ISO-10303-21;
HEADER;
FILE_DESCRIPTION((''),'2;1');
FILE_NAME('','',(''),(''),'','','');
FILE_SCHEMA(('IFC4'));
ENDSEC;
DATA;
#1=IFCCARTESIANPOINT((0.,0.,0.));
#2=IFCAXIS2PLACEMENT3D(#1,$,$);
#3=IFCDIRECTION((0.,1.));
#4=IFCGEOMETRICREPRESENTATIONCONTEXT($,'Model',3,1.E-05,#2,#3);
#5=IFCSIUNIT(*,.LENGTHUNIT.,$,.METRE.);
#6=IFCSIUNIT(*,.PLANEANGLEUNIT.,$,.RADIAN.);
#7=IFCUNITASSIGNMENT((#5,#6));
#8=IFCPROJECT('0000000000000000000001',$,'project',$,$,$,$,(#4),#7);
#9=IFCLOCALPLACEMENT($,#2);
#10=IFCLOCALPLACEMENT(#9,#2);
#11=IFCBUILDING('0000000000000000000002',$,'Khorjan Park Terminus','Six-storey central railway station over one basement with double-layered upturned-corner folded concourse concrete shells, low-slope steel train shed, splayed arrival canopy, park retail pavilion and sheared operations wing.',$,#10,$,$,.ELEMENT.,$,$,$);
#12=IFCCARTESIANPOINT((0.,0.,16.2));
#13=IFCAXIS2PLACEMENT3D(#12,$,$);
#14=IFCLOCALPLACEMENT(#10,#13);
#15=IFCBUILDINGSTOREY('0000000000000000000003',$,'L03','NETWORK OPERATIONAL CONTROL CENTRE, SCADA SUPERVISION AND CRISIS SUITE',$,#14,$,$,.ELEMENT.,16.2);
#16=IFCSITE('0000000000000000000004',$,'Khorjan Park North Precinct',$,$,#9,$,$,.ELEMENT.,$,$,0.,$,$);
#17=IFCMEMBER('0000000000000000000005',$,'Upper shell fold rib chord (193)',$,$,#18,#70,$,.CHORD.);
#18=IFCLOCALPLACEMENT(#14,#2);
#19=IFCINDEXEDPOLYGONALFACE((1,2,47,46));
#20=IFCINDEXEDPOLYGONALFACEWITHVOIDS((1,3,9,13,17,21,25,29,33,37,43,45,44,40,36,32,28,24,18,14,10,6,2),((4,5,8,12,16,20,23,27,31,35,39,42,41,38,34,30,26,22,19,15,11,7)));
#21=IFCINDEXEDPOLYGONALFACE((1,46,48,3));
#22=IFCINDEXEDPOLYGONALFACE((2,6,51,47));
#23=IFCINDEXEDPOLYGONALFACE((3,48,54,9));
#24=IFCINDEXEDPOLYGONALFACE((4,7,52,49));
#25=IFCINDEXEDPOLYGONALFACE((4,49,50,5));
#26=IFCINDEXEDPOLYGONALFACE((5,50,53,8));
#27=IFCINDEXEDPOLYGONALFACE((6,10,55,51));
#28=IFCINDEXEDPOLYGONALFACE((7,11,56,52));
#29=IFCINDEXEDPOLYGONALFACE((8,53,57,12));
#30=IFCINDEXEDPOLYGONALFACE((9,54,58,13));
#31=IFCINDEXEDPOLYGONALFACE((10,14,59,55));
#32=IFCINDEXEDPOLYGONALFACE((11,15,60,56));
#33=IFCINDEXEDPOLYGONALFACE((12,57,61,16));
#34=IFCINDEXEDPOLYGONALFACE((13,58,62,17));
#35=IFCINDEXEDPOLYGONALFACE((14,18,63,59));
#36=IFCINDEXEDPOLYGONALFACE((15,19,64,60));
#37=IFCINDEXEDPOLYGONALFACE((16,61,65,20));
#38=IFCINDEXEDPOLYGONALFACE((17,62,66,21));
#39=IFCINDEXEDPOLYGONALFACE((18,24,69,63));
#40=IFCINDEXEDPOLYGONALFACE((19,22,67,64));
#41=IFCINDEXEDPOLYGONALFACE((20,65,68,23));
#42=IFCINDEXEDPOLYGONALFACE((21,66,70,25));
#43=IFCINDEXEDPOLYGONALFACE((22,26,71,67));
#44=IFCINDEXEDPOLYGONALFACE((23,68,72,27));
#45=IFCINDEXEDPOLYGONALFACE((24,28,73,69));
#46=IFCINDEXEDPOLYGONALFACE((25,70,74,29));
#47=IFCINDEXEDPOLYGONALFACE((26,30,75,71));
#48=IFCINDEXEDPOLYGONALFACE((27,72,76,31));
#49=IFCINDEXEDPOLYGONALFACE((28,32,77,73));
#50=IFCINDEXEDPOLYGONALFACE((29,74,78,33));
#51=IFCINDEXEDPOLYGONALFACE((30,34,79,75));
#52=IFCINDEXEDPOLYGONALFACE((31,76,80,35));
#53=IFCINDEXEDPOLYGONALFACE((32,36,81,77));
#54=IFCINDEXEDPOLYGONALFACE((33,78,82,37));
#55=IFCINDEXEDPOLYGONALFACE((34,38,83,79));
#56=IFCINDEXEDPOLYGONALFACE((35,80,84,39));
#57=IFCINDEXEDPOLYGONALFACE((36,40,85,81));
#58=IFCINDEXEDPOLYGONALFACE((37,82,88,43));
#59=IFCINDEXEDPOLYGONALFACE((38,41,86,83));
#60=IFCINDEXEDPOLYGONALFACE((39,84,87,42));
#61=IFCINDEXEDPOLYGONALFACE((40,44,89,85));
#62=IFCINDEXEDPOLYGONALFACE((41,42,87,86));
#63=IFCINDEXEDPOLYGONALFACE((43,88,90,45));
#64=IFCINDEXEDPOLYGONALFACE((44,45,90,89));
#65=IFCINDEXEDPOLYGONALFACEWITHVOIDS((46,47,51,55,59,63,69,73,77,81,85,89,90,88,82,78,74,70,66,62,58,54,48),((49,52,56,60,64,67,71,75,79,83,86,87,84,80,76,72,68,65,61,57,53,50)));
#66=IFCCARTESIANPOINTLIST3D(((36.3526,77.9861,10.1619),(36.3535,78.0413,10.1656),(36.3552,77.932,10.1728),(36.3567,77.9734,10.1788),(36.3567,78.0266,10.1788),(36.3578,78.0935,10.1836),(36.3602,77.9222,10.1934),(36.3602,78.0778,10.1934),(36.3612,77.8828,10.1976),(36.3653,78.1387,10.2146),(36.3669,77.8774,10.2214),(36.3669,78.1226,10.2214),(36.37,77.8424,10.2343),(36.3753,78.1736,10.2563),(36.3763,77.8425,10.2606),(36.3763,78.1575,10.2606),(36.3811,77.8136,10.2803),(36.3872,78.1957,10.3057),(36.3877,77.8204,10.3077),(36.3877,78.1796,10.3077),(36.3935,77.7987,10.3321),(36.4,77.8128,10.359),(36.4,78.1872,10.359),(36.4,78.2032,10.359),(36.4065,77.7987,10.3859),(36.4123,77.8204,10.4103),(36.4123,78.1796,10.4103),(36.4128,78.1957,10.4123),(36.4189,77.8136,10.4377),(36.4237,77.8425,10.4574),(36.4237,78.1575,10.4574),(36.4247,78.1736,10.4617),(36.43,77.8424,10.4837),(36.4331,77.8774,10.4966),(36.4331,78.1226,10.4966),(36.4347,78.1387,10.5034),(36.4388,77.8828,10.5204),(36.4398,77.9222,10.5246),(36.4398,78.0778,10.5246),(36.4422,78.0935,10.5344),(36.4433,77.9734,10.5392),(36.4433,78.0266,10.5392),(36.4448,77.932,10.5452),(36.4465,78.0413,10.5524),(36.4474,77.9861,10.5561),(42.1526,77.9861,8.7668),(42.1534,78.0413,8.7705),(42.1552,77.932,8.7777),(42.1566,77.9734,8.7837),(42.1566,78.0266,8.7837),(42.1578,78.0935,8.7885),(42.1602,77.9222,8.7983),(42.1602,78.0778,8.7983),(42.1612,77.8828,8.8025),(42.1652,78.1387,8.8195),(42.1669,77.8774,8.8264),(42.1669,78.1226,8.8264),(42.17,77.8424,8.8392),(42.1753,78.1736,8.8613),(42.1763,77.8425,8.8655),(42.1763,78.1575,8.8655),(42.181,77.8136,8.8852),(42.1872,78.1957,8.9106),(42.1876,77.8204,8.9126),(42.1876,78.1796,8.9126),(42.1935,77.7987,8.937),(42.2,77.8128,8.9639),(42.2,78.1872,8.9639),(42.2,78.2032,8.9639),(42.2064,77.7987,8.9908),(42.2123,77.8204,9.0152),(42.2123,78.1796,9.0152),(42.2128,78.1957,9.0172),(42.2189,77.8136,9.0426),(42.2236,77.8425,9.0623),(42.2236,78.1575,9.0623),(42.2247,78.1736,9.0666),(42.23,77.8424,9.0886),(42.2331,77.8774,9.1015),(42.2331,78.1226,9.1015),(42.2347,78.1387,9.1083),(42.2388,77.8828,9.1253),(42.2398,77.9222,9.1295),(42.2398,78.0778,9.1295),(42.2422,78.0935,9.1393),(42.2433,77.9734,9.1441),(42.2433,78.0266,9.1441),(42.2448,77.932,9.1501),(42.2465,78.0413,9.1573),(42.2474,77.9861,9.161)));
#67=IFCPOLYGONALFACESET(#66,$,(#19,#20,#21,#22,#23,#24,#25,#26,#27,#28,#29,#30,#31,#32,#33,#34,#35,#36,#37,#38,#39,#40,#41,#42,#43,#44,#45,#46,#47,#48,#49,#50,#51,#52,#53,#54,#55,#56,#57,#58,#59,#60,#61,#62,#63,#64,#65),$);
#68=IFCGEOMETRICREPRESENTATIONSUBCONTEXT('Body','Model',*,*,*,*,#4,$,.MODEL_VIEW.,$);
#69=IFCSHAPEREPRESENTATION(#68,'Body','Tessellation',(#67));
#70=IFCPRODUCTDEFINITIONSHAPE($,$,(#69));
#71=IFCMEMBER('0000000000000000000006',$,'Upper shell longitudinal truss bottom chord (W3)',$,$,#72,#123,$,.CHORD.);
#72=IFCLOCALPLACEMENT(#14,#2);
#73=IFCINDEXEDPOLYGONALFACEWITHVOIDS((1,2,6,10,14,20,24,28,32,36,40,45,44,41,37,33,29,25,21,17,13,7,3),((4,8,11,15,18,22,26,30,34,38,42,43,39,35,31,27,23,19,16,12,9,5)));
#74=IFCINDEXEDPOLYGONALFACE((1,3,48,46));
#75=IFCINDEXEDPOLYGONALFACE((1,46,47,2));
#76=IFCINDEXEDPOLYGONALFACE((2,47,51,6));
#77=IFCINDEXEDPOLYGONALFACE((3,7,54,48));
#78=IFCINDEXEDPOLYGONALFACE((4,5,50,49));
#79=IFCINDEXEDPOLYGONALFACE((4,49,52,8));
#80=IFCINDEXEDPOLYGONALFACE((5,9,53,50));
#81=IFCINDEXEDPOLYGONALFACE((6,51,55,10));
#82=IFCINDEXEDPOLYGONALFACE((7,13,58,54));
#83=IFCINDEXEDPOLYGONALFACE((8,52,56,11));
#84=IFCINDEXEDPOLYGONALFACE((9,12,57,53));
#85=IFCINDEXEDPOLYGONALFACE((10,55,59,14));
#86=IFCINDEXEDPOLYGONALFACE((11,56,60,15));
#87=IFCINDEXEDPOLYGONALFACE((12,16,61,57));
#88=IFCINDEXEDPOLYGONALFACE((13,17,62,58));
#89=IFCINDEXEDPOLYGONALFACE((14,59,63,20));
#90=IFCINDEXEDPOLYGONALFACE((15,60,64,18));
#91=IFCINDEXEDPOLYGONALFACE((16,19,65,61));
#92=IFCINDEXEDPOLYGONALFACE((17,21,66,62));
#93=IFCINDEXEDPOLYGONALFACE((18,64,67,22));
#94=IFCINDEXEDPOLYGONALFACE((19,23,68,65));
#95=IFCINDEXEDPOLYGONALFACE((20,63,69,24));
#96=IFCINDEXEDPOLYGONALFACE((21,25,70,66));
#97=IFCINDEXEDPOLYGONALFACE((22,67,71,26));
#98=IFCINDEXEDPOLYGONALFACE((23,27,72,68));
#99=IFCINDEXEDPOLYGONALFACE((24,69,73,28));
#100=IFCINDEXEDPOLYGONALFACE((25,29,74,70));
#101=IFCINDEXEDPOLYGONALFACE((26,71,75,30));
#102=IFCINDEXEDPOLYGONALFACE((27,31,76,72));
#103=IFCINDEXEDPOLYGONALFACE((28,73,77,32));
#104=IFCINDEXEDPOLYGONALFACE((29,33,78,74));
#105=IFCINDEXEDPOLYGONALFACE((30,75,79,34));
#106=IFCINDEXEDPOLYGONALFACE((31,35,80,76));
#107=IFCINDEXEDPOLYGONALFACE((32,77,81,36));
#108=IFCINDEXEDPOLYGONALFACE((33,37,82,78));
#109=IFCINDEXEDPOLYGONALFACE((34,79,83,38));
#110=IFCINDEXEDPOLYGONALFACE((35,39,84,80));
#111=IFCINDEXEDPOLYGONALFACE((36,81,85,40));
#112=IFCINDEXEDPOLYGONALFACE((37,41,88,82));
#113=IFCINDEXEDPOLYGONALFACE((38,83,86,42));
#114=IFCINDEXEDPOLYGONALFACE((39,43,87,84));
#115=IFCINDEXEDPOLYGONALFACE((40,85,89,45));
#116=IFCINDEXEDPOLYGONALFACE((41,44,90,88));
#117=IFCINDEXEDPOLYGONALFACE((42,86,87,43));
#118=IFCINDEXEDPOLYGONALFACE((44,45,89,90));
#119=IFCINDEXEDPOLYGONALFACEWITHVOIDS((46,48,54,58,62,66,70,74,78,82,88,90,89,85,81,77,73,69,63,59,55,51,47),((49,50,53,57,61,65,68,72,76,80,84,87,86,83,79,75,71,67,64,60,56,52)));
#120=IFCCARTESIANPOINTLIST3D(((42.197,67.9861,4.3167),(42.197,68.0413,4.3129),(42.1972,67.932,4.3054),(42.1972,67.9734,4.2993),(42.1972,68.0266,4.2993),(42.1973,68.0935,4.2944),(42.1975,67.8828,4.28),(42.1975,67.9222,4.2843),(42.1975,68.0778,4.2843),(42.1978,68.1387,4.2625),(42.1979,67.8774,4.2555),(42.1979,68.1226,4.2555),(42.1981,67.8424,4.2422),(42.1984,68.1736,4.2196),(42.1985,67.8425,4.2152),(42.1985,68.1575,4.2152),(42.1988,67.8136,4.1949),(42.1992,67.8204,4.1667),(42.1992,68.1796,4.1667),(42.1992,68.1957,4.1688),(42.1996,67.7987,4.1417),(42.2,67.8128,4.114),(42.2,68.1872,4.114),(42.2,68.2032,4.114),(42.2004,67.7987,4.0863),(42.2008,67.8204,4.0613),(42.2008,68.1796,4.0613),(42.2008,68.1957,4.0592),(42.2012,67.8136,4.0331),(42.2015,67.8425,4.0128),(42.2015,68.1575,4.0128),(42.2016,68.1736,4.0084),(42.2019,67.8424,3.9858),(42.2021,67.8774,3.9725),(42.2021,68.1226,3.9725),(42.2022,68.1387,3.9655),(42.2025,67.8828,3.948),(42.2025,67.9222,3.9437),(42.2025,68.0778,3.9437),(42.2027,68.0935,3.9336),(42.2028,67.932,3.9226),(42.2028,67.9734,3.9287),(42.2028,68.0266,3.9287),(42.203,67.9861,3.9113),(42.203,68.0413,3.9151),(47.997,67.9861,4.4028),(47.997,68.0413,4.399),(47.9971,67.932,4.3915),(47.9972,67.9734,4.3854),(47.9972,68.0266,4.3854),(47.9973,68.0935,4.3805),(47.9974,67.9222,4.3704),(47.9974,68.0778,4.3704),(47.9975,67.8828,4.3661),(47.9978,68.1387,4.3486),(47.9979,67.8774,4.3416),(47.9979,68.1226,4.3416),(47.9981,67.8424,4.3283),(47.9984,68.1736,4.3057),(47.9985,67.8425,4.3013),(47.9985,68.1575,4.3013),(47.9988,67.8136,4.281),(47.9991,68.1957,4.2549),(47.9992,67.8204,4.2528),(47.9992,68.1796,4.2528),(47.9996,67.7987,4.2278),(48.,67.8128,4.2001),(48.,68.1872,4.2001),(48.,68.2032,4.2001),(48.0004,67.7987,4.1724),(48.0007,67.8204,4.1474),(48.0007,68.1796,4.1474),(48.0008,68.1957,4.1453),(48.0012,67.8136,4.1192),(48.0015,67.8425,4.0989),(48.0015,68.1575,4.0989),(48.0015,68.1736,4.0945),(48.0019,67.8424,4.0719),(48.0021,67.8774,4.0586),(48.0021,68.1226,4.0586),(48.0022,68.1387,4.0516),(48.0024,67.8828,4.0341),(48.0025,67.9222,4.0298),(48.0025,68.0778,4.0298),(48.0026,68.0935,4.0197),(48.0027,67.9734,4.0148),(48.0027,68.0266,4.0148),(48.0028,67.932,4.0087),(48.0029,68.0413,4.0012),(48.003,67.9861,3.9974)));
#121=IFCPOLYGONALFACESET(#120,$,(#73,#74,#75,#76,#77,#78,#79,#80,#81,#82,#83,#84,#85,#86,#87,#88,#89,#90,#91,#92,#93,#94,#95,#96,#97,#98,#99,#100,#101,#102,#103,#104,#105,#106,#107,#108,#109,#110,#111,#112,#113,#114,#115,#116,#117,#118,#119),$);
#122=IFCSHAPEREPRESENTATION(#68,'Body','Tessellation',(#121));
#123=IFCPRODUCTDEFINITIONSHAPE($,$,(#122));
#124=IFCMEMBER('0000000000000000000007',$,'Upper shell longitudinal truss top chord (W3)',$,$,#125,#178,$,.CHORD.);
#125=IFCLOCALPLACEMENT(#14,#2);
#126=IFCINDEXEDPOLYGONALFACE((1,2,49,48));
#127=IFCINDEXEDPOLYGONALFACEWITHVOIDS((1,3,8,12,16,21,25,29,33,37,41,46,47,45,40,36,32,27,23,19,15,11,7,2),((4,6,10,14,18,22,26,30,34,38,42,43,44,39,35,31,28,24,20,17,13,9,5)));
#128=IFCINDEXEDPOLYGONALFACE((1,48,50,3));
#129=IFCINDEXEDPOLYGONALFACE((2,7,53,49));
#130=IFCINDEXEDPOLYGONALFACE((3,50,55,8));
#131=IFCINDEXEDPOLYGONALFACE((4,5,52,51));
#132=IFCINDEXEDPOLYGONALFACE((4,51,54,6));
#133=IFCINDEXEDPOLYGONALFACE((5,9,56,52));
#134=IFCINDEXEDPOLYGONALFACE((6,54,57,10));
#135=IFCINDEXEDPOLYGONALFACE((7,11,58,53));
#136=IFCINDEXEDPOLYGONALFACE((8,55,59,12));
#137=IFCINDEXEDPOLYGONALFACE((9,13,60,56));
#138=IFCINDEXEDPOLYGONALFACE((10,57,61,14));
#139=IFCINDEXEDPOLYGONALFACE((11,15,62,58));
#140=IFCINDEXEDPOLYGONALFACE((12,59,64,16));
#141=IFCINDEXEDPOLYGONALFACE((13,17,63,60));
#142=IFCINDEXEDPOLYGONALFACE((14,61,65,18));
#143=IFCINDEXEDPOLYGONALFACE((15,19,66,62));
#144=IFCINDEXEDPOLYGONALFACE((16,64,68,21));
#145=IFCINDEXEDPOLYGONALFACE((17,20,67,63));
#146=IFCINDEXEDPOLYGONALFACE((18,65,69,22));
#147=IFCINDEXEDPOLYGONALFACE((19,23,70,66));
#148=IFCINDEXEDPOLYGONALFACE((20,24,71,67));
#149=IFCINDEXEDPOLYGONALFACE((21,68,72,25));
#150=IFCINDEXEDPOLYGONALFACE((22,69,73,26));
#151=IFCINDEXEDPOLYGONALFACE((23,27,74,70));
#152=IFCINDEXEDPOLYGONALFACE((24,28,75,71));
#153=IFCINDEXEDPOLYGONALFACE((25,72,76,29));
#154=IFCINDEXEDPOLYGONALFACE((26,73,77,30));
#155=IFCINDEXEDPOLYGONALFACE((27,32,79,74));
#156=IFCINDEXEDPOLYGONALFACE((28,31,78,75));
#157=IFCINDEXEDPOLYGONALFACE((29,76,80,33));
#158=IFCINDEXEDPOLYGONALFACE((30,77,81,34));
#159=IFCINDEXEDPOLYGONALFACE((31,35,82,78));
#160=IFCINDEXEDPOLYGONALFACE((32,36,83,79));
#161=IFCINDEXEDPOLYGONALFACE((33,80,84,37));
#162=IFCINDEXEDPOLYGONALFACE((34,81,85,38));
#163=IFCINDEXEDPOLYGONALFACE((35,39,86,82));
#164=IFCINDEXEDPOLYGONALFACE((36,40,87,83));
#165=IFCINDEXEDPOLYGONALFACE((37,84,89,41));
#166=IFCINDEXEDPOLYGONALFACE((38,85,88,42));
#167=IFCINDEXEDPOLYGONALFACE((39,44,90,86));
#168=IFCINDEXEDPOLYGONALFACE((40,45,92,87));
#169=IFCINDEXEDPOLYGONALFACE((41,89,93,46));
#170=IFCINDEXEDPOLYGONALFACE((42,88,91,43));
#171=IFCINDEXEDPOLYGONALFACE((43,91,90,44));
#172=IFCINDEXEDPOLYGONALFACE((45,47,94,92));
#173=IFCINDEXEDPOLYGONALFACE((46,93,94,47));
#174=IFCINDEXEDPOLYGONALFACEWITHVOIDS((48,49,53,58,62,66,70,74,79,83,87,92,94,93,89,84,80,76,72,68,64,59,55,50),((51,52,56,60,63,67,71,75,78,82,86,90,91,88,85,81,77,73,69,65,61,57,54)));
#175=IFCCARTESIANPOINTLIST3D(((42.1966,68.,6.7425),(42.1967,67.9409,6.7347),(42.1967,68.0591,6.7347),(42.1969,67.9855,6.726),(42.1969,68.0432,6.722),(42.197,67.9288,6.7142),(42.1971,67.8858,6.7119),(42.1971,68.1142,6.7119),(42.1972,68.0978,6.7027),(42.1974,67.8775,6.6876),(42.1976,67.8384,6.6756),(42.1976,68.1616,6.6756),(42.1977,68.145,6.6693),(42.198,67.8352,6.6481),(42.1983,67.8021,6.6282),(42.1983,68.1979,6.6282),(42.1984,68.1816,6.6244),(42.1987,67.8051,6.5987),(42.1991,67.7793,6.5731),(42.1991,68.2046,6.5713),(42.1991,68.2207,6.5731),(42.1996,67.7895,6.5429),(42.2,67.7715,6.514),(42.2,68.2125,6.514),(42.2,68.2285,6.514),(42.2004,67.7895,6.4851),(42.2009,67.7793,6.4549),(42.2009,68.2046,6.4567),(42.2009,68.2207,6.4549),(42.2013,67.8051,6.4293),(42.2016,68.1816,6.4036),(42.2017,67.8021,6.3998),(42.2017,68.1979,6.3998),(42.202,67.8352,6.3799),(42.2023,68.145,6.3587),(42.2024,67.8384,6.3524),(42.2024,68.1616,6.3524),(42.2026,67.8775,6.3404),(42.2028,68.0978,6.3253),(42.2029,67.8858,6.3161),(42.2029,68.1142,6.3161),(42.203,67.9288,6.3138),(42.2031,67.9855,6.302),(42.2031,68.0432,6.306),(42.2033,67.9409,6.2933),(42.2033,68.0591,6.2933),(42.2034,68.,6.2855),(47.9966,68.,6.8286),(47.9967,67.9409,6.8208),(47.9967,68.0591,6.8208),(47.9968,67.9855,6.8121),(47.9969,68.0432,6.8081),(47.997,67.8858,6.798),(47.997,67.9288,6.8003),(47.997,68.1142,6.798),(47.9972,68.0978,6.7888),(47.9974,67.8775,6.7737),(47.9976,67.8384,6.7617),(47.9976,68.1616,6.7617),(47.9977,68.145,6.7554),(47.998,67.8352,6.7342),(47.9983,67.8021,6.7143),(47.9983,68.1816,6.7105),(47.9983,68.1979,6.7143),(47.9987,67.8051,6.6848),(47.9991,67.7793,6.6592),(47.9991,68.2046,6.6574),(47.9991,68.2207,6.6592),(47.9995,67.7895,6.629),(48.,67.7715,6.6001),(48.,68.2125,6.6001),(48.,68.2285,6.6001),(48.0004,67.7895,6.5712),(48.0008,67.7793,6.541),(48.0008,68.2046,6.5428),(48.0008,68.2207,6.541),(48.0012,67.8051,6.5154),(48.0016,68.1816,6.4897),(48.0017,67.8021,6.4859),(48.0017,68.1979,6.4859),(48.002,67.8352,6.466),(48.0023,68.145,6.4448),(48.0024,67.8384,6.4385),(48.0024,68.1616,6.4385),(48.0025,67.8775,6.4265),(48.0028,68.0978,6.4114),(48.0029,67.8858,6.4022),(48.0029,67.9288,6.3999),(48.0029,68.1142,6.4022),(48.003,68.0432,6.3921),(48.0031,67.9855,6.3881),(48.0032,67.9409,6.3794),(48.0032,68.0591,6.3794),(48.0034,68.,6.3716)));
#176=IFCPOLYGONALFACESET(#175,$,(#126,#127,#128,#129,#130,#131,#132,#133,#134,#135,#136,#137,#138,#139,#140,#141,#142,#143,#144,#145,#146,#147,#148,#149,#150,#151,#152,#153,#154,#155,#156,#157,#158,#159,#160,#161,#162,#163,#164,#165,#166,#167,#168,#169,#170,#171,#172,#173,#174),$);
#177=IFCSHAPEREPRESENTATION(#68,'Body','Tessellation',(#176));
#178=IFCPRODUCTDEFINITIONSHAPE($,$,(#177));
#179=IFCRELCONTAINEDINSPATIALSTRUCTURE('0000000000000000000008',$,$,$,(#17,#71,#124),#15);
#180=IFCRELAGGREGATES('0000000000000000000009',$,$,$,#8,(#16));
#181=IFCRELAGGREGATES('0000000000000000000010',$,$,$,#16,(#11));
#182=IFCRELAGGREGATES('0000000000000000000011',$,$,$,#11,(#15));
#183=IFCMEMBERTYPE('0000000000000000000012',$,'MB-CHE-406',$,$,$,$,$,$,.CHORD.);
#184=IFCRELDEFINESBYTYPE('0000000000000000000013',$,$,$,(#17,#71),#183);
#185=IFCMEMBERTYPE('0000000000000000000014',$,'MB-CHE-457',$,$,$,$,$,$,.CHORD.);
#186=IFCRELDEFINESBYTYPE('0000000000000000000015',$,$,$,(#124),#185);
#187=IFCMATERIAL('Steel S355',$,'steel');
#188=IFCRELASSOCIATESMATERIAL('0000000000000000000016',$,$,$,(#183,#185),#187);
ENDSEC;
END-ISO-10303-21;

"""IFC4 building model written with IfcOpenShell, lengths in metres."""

from ifc_helpers import new_model, si_unit, direction, frame, origin, origin_2d, place, context, subcontext, project, spatial, hollow_circle, extrude, material, material_profile, profile_set, type_object, element, save


model = new_model("IFC4")

# Units and contexts
model_context = context("Model", 3, precision=1e-05, world=origin(), true_north=direction((0.0, 1.0)))
body_context = subcontext(model_context, "Body", "Model", "MODEL_VIEW")
ifc_project = project(units=[si_unit("LENGTHUNIT", "METRE"), si_unit("PLANEANGLEUNIT", "RADIAN")], contexts=[model_context])

# Site, building, storey
site_placement = place(None, origin())
site = spatial("IfcSite", under=ifc_project, at=site_placement, Name="Khorjan Park North Precinct", CompositionType="ELEMENT", RefElevation=0.0)
building_placement = place(site_placement, origin())
building = spatial("IfcBuilding", under=site, at=building_placement, Name="Khorjan Park Terminus", Description="Six-storey central railway station over one basement with double-layered upturned-corner folded concourse concrete shells, low-slope steel train shed, splayed arrival canopy, park retail pavilion and sheared operations wing.", CompositionType="ELEMENT")
storey_placement = place(building_placement, frame((0.0, 0.0, 16.2)))
storey = spatial("IfcBuildingStorey", under=building, at=storey_placement, Name="L03", Description="NETWORK OPERATIONAL CONTROL CENTRE, SCADA SUPERVISION AND CRISIS SUITE", CompositionType="ELEMENT", Elevation=16.2)

# Members
ifc_material_1 = material(Name="Steel S355", Category="steel")
ifc_material_profile_1 = material_profile(ifc_material_1, hollow_circle(Radius=0.2032, WallThickness=0.016, at=origin_2d()), Name="CHS 406.4x16")
ifc_profile_set_1 = profile_set([ifc_material_profile_1], Name="Steel S355")
member_type_1 = type_object("IfcMemberType", Name="MB-CHE-406", PredefinedType="CHORD", material=ifc_profile_set_1)
member_1_placement = place(storey_placement, frame((36.4, 78.0, 10.359), z_axis=(0.972269, 0.0, -0.233864), x_axis=(0.0, 1.0, 0.0)))
element("IfcMember", 1, at=member_1_placement, inside=storey, type_object=member_type_1, Name="Upper shell fold rib chord (193)", PredefinedType="CHORD", context=body_context, shape_type="SweptSolid", body=[
    extrude(hollow_circle(Radius=0.2032, WallThickness=0.016, at=origin_2d()), origin(), (0.0, 0.0, 1.0), 5.9654),
])
member_2_placement = place(storey_placement, frame((42.2, 68.0, 4.114), z_axis=(0.99989, 0.0, 0.014843), x_axis=(0.0, 1.0, 0.0)))
element("IfcMember", 2, at=member_2_placement, inside=storey, type_object=member_type_1, Name="Upper shell longitudinal truss bottom chord (W3)", PredefinedType="CHORD", context=body_context, shape_type="SweptSolid", body=[
    extrude(hollow_circle(Radius=0.2032, WallThickness=0.016, at=origin_2d()), origin(), (0.0, 0.0, 1.0), 5.8006),
])
ifc_material_profile_2 = material_profile(ifc_material_1, hollow_circle(Radius=0.2285, WallThickness=0.016, at=origin_2d()), Name="CHS 457x16")
ifc_profile_set_2 = profile_set([ifc_material_profile_2], Name="Steel S355")
member_type_2 = type_object("IfcMemberType", Name="MB-CHE-457", PredefinedType="CHORD", material=ifc_profile_set_2)
member_3_placement = place(storey_placement, frame((42.2, 68.0, 6.514), z_axis=(0.99989, 0.0, 0.014843), x_axis=(0.0, 1.0, 0.0)))
element("IfcMember", 3, at=member_3_placement, inside=storey, type_object=member_type_2, Name="Upper shell longitudinal truss top chord (W3)", PredefinedType="CHORD", context=body_context, shape_type="SweptSolid", body=[
    extrude(hollow_circle(Radius=0.2285, WallThickness=0.016, at=origin_2d()), origin(), (0.0, 0.0, 1.0), 5.8006),
])

save(model, "model.ifc")
